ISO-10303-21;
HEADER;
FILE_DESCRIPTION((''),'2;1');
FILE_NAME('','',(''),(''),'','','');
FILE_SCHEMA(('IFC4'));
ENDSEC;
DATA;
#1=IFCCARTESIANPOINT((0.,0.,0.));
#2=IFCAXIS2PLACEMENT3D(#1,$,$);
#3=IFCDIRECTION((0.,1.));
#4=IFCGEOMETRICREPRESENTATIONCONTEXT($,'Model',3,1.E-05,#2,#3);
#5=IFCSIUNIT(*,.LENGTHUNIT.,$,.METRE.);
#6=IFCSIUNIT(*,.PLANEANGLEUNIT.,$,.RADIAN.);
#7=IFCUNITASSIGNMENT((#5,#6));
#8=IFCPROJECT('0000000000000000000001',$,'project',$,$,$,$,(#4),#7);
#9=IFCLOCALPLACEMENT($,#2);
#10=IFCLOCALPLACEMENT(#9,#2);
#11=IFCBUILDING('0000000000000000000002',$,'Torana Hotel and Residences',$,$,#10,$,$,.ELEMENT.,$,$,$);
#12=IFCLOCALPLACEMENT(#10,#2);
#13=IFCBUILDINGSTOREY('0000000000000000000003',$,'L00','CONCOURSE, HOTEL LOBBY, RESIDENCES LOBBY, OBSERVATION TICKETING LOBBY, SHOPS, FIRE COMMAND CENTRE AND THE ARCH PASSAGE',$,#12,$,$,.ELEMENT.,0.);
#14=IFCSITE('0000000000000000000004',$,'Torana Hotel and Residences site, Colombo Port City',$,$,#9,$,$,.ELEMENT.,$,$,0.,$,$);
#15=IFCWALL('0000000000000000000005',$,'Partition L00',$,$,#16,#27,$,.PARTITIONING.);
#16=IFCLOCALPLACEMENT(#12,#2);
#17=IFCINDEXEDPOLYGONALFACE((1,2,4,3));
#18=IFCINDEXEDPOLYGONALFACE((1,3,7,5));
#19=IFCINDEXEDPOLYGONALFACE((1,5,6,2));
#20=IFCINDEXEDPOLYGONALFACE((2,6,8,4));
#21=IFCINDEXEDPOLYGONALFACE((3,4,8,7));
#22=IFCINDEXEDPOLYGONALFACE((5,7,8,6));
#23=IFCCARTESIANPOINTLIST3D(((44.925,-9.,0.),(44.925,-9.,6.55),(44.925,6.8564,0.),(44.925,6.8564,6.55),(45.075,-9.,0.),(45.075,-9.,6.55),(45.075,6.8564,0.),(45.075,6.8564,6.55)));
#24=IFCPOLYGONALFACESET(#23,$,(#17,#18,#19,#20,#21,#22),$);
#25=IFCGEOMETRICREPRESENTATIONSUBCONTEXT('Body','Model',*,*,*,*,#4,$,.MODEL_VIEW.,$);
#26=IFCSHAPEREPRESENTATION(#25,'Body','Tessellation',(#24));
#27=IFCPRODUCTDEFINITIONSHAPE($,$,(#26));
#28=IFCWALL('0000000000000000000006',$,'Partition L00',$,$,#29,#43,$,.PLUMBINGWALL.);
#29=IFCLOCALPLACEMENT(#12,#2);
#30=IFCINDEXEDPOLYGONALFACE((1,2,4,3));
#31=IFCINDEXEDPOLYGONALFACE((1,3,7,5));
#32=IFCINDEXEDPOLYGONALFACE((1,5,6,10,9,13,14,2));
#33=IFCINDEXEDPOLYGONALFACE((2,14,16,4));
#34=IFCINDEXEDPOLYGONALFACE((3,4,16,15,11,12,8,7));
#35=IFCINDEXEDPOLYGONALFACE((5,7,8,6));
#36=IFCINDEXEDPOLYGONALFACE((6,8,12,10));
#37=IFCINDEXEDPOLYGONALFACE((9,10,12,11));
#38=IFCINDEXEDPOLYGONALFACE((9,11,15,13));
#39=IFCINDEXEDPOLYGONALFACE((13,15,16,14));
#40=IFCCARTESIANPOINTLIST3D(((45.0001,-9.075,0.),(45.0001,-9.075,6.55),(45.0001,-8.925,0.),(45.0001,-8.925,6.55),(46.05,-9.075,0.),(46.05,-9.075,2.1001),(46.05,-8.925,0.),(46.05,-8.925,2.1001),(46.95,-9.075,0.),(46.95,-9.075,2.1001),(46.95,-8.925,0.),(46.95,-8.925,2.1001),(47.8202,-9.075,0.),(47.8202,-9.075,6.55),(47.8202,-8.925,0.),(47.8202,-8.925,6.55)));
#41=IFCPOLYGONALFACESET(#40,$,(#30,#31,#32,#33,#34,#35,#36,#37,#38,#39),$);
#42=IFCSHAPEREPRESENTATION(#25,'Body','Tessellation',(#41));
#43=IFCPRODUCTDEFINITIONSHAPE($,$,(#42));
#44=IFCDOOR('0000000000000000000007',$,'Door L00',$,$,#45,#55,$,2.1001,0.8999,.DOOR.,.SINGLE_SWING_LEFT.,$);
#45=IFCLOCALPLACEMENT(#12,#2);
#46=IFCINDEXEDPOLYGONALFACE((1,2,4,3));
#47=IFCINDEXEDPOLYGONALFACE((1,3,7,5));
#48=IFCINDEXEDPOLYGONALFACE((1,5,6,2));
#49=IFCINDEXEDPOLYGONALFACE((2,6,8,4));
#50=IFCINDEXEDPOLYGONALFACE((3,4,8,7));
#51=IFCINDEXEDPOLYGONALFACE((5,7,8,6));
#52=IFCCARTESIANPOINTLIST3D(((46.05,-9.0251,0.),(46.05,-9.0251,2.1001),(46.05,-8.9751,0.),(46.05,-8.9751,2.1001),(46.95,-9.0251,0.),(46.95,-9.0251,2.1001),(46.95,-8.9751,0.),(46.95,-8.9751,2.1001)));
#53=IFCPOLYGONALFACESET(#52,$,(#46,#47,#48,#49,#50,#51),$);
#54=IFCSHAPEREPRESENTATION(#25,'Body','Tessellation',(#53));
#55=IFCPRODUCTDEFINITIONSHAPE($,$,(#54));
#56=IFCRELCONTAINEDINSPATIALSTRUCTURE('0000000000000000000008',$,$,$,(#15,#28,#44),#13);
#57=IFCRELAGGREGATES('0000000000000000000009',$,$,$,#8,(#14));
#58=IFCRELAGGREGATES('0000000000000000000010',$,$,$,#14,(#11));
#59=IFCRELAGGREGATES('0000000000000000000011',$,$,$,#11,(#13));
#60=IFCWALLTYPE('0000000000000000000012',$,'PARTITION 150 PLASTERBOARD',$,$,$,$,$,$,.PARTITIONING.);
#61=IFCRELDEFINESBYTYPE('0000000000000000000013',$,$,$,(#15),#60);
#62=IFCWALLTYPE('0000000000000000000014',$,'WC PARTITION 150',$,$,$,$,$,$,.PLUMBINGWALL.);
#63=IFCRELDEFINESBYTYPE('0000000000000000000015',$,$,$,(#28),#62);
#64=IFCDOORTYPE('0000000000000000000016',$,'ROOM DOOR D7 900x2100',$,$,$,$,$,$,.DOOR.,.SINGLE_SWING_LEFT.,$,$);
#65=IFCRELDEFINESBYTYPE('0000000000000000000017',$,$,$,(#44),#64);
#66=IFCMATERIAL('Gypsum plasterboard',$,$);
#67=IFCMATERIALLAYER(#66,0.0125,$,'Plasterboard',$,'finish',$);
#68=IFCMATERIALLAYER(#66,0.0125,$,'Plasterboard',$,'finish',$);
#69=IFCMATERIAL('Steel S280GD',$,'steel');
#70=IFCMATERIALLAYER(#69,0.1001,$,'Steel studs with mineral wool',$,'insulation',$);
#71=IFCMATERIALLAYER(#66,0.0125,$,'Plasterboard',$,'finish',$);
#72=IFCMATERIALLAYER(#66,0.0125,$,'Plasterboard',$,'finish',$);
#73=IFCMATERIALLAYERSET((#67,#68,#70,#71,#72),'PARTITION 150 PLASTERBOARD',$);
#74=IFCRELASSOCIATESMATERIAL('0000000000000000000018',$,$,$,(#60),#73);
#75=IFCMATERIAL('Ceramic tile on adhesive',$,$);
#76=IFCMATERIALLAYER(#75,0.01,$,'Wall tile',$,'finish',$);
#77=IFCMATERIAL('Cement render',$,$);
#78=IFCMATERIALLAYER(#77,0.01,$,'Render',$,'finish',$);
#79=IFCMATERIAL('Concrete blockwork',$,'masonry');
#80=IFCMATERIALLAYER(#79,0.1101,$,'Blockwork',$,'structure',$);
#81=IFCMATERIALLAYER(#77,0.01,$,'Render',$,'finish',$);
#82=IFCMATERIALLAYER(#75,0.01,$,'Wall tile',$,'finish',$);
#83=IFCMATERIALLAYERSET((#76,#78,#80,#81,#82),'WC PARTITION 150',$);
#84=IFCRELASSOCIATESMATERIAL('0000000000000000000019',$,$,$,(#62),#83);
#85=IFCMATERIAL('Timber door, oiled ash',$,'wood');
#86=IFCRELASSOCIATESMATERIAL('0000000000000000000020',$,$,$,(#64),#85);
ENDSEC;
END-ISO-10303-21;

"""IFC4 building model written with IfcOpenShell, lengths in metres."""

from ifc_helpers import new_model, si_unit, direction, frame, frame_2d, origin, place, context, subcontext, project, spatial, rectangle, extrude, material, layer, layer_set, type_object, element, fill, save


model = new_model("IFC4")

# Units and contexts
model_context = context("Model", 3, precision=1e-05, world=origin(), true_north=direction((0.0, 1.0)))
body_context = subcontext(model_context, "Body", "Model", "MODEL_VIEW")
ifc_project = project(units=[si_unit("LENGTHUNIT", "METRE"), si_unit("PLANEANGLEUNIT", "RADIAN")], contexts=[model_context])

# Site, building, storey
site_placement = place(None, origin())
site = spatial("IfcSite", under=ifc_project, at=site_placement, Name="Torana Hotel and Residences site, Colombo Port City", CompositionType="ELEMENT", RefElevation=0.0)
building_placement = place(site_placement, origin())
building = spatial("IfcBuilding", under=site, at=building_placement, Name="Torana Hotel and Residences", CompositionType="ELEMENT")
storey_placement = place(building_placement, origin())
storey = spatial("IfcBuildingStorey", under=building, at=storey_placement, Name="L00", Description="CONCOURSE, HOTEL LOBBY, RESIDENCES LOBBY, OBSERVATION TICKETING LOBBY, SHOPS, FIRE COMMAND CENTRE AND THE ARCH PASSAGE", CompositionType="ELEMENT", Elevation=0.0)

# Wall
ifc_material_1 = material(Name="Gypsum plasterboard")
ifc_layer_1 = layer(ifc_material_1, 0.0125, Name="Plasterboard", Category="finish")
ifc_layer_2 = layer(ifc_material_1, 0.0125, Name="Plasterboard", Category="finish")
ifc_material_2 = material(Name="Steel S280GD", Category="steel")
ifc_layer_3 = layer(ifc_material_2, 0.1001, Name="Steel studs with mineral wool", Category="insulation")
ifc_layer_4 = layer(ifc_material_1, 0.0125, Name="Plasterboard", Category="finish")
ifc_layer_5 = layer(ifc_material_1, 0.0125, Name="Plasterboard", Category="finish")
ifc_layer_set_1 = layer_set([ifc_layer_1, ifc_layer_2, ifc_layer_3, ifc_layer_4, ifc_layer_5], Name="PARTITION 150 PLASTERBOARD")
wall_type_1 = type_object("IfcWallType", Name="PARTITION 150 PLASTERBOARD", PredefinedType="PARTITIONING", material=ifc_layer_set_1)
wall_1_placement = place(storey_placement, frame((45.0, -9.0, 0.0), z_axis=(0.0, 0.0, 1.0), x_axis=(0.0, 1.0, 0.0)))
element("IfcWall", 1, at=wall_1_placement, inside=storey, type_object=wall_type_1, Name="Partition L00", PredefinedType="PARTITIONING", context=body_context, shape_type="SweptSolid", body=[
    extrude(rectangle(XDim=15.8564, YDim=0.1499, at=frame_2d((7.9282, 0.0))), origin(), (0.0, 0.0, 1.0), 6.55),
])

# Wall, opening, door
ifc_material_3 = material(Name="Ceramic tile on adhesive")
ifc_layer_6 = layer(ifc_material_3, 0.01, Name="Wall tile", Category="finish")
ifc_material_4 = material(Name="Cement render")
ifc_layer_7 = layer(ifc_material_4, 0.01, Name="Render", Category="finish")
ifc_material_5 = material(Name="Concrete blockwork", Category="masonry")
ifc_layer_8 = layer(ifc_material_5, 0.1101, Name="Blockwork", Category="structure")
ifc_layer_9 = layer(ifc_material_4, 0.01, Name="Render", Category="finish")
ifc_layer_10 = layer(ifc_material_3, 0.01, Name="Wall tile", Category="finish")
ifc_layer_set_2 = layer_set([ifc_layer_6, ifc_layer_7, ifc_layer_8, ifc_layer_9, ifc_layer_10], Name="WC PARTITION 150")
wall_type_2 = type_object("IfcWallType", Name="WC PARTITION 150", PredefinedType="PLUMBINGWALL", material=ifc_layer_set_2)
wall_2_placement = place(storey_placement, frame((45.0, -9.0, 0.0), z_axis=(0.0, 0.0, 1.0), x_axis=(1.0, 0.0, 0.0)))
wall_2 = element("IfcWall", 2, at=wall_2_placement, inside=storey, type_object=wall_type_2, Name="Partition L00", PredefinedType="PLUMBINGWALL", context=body_context, shape_type="SweptSolid", body=[
    extrude(rectangle(XDim=2.8201, YDim=0.1499, at=frame_2d((1.4102, 0.0))), origin(), (0.0, 0.0, 1.0), 6.55),
])
opening_placement = place(wall_2_placement, frame((1.05, 0.0, 0.0)))
opening = element("IfcOpeningElement", 3, at=opening_placement, cuts=wall_2, PredefinedType="OPENING", context=body_context, shape_type="SweptSolid", body=[
    extrude(rectangle(XDim=0.8999, YDim=2.1001, at=frame_2d((0.45, 1.05))), frame((0.0, 0.085, 0.0), z_axis=(0.0, -1.0, 0.0), x_axis=(1.0, 0.0, 0.0)), (0.0, 0.0, 1.0), 0.1699),
])
ifc_material_6 = material(Name="Timber door, oiled ash", Category="wood")
door_type = type_object("IfcDoorType", Name="ROOM DOOR D7 900x2100", OperationType="SINGLE_SWING_LEFT", PredefinedType="DOOR", material=ifc_material_6)
door_placement = place(opening_placement, origin())
door = element("IfcDoor", 4, at=door_placement, inside=storey, type_object=door_type, Name="Door L00", OperationType="SINGLE_SWING_LEFT", OverallHeight=2.1001, OverallWidth=0.8999, PredefinedType="DOOR", context=body_context, shape_type="SweptSolid", body=[
    extrude(rectangle(XDim=0.8999, YDim=2.1001, at=frame_2d((0.45, 1.05))), frame((0.0, 0.0249, 0.0), z_axis=(0.0, -1.0, 0.0), x_axis=(1.0, 0.0, 0.0)), (0.0, 0.0, 1.0), 0.05),
])
fill(opening, door)

save(model, "model.ifc")
